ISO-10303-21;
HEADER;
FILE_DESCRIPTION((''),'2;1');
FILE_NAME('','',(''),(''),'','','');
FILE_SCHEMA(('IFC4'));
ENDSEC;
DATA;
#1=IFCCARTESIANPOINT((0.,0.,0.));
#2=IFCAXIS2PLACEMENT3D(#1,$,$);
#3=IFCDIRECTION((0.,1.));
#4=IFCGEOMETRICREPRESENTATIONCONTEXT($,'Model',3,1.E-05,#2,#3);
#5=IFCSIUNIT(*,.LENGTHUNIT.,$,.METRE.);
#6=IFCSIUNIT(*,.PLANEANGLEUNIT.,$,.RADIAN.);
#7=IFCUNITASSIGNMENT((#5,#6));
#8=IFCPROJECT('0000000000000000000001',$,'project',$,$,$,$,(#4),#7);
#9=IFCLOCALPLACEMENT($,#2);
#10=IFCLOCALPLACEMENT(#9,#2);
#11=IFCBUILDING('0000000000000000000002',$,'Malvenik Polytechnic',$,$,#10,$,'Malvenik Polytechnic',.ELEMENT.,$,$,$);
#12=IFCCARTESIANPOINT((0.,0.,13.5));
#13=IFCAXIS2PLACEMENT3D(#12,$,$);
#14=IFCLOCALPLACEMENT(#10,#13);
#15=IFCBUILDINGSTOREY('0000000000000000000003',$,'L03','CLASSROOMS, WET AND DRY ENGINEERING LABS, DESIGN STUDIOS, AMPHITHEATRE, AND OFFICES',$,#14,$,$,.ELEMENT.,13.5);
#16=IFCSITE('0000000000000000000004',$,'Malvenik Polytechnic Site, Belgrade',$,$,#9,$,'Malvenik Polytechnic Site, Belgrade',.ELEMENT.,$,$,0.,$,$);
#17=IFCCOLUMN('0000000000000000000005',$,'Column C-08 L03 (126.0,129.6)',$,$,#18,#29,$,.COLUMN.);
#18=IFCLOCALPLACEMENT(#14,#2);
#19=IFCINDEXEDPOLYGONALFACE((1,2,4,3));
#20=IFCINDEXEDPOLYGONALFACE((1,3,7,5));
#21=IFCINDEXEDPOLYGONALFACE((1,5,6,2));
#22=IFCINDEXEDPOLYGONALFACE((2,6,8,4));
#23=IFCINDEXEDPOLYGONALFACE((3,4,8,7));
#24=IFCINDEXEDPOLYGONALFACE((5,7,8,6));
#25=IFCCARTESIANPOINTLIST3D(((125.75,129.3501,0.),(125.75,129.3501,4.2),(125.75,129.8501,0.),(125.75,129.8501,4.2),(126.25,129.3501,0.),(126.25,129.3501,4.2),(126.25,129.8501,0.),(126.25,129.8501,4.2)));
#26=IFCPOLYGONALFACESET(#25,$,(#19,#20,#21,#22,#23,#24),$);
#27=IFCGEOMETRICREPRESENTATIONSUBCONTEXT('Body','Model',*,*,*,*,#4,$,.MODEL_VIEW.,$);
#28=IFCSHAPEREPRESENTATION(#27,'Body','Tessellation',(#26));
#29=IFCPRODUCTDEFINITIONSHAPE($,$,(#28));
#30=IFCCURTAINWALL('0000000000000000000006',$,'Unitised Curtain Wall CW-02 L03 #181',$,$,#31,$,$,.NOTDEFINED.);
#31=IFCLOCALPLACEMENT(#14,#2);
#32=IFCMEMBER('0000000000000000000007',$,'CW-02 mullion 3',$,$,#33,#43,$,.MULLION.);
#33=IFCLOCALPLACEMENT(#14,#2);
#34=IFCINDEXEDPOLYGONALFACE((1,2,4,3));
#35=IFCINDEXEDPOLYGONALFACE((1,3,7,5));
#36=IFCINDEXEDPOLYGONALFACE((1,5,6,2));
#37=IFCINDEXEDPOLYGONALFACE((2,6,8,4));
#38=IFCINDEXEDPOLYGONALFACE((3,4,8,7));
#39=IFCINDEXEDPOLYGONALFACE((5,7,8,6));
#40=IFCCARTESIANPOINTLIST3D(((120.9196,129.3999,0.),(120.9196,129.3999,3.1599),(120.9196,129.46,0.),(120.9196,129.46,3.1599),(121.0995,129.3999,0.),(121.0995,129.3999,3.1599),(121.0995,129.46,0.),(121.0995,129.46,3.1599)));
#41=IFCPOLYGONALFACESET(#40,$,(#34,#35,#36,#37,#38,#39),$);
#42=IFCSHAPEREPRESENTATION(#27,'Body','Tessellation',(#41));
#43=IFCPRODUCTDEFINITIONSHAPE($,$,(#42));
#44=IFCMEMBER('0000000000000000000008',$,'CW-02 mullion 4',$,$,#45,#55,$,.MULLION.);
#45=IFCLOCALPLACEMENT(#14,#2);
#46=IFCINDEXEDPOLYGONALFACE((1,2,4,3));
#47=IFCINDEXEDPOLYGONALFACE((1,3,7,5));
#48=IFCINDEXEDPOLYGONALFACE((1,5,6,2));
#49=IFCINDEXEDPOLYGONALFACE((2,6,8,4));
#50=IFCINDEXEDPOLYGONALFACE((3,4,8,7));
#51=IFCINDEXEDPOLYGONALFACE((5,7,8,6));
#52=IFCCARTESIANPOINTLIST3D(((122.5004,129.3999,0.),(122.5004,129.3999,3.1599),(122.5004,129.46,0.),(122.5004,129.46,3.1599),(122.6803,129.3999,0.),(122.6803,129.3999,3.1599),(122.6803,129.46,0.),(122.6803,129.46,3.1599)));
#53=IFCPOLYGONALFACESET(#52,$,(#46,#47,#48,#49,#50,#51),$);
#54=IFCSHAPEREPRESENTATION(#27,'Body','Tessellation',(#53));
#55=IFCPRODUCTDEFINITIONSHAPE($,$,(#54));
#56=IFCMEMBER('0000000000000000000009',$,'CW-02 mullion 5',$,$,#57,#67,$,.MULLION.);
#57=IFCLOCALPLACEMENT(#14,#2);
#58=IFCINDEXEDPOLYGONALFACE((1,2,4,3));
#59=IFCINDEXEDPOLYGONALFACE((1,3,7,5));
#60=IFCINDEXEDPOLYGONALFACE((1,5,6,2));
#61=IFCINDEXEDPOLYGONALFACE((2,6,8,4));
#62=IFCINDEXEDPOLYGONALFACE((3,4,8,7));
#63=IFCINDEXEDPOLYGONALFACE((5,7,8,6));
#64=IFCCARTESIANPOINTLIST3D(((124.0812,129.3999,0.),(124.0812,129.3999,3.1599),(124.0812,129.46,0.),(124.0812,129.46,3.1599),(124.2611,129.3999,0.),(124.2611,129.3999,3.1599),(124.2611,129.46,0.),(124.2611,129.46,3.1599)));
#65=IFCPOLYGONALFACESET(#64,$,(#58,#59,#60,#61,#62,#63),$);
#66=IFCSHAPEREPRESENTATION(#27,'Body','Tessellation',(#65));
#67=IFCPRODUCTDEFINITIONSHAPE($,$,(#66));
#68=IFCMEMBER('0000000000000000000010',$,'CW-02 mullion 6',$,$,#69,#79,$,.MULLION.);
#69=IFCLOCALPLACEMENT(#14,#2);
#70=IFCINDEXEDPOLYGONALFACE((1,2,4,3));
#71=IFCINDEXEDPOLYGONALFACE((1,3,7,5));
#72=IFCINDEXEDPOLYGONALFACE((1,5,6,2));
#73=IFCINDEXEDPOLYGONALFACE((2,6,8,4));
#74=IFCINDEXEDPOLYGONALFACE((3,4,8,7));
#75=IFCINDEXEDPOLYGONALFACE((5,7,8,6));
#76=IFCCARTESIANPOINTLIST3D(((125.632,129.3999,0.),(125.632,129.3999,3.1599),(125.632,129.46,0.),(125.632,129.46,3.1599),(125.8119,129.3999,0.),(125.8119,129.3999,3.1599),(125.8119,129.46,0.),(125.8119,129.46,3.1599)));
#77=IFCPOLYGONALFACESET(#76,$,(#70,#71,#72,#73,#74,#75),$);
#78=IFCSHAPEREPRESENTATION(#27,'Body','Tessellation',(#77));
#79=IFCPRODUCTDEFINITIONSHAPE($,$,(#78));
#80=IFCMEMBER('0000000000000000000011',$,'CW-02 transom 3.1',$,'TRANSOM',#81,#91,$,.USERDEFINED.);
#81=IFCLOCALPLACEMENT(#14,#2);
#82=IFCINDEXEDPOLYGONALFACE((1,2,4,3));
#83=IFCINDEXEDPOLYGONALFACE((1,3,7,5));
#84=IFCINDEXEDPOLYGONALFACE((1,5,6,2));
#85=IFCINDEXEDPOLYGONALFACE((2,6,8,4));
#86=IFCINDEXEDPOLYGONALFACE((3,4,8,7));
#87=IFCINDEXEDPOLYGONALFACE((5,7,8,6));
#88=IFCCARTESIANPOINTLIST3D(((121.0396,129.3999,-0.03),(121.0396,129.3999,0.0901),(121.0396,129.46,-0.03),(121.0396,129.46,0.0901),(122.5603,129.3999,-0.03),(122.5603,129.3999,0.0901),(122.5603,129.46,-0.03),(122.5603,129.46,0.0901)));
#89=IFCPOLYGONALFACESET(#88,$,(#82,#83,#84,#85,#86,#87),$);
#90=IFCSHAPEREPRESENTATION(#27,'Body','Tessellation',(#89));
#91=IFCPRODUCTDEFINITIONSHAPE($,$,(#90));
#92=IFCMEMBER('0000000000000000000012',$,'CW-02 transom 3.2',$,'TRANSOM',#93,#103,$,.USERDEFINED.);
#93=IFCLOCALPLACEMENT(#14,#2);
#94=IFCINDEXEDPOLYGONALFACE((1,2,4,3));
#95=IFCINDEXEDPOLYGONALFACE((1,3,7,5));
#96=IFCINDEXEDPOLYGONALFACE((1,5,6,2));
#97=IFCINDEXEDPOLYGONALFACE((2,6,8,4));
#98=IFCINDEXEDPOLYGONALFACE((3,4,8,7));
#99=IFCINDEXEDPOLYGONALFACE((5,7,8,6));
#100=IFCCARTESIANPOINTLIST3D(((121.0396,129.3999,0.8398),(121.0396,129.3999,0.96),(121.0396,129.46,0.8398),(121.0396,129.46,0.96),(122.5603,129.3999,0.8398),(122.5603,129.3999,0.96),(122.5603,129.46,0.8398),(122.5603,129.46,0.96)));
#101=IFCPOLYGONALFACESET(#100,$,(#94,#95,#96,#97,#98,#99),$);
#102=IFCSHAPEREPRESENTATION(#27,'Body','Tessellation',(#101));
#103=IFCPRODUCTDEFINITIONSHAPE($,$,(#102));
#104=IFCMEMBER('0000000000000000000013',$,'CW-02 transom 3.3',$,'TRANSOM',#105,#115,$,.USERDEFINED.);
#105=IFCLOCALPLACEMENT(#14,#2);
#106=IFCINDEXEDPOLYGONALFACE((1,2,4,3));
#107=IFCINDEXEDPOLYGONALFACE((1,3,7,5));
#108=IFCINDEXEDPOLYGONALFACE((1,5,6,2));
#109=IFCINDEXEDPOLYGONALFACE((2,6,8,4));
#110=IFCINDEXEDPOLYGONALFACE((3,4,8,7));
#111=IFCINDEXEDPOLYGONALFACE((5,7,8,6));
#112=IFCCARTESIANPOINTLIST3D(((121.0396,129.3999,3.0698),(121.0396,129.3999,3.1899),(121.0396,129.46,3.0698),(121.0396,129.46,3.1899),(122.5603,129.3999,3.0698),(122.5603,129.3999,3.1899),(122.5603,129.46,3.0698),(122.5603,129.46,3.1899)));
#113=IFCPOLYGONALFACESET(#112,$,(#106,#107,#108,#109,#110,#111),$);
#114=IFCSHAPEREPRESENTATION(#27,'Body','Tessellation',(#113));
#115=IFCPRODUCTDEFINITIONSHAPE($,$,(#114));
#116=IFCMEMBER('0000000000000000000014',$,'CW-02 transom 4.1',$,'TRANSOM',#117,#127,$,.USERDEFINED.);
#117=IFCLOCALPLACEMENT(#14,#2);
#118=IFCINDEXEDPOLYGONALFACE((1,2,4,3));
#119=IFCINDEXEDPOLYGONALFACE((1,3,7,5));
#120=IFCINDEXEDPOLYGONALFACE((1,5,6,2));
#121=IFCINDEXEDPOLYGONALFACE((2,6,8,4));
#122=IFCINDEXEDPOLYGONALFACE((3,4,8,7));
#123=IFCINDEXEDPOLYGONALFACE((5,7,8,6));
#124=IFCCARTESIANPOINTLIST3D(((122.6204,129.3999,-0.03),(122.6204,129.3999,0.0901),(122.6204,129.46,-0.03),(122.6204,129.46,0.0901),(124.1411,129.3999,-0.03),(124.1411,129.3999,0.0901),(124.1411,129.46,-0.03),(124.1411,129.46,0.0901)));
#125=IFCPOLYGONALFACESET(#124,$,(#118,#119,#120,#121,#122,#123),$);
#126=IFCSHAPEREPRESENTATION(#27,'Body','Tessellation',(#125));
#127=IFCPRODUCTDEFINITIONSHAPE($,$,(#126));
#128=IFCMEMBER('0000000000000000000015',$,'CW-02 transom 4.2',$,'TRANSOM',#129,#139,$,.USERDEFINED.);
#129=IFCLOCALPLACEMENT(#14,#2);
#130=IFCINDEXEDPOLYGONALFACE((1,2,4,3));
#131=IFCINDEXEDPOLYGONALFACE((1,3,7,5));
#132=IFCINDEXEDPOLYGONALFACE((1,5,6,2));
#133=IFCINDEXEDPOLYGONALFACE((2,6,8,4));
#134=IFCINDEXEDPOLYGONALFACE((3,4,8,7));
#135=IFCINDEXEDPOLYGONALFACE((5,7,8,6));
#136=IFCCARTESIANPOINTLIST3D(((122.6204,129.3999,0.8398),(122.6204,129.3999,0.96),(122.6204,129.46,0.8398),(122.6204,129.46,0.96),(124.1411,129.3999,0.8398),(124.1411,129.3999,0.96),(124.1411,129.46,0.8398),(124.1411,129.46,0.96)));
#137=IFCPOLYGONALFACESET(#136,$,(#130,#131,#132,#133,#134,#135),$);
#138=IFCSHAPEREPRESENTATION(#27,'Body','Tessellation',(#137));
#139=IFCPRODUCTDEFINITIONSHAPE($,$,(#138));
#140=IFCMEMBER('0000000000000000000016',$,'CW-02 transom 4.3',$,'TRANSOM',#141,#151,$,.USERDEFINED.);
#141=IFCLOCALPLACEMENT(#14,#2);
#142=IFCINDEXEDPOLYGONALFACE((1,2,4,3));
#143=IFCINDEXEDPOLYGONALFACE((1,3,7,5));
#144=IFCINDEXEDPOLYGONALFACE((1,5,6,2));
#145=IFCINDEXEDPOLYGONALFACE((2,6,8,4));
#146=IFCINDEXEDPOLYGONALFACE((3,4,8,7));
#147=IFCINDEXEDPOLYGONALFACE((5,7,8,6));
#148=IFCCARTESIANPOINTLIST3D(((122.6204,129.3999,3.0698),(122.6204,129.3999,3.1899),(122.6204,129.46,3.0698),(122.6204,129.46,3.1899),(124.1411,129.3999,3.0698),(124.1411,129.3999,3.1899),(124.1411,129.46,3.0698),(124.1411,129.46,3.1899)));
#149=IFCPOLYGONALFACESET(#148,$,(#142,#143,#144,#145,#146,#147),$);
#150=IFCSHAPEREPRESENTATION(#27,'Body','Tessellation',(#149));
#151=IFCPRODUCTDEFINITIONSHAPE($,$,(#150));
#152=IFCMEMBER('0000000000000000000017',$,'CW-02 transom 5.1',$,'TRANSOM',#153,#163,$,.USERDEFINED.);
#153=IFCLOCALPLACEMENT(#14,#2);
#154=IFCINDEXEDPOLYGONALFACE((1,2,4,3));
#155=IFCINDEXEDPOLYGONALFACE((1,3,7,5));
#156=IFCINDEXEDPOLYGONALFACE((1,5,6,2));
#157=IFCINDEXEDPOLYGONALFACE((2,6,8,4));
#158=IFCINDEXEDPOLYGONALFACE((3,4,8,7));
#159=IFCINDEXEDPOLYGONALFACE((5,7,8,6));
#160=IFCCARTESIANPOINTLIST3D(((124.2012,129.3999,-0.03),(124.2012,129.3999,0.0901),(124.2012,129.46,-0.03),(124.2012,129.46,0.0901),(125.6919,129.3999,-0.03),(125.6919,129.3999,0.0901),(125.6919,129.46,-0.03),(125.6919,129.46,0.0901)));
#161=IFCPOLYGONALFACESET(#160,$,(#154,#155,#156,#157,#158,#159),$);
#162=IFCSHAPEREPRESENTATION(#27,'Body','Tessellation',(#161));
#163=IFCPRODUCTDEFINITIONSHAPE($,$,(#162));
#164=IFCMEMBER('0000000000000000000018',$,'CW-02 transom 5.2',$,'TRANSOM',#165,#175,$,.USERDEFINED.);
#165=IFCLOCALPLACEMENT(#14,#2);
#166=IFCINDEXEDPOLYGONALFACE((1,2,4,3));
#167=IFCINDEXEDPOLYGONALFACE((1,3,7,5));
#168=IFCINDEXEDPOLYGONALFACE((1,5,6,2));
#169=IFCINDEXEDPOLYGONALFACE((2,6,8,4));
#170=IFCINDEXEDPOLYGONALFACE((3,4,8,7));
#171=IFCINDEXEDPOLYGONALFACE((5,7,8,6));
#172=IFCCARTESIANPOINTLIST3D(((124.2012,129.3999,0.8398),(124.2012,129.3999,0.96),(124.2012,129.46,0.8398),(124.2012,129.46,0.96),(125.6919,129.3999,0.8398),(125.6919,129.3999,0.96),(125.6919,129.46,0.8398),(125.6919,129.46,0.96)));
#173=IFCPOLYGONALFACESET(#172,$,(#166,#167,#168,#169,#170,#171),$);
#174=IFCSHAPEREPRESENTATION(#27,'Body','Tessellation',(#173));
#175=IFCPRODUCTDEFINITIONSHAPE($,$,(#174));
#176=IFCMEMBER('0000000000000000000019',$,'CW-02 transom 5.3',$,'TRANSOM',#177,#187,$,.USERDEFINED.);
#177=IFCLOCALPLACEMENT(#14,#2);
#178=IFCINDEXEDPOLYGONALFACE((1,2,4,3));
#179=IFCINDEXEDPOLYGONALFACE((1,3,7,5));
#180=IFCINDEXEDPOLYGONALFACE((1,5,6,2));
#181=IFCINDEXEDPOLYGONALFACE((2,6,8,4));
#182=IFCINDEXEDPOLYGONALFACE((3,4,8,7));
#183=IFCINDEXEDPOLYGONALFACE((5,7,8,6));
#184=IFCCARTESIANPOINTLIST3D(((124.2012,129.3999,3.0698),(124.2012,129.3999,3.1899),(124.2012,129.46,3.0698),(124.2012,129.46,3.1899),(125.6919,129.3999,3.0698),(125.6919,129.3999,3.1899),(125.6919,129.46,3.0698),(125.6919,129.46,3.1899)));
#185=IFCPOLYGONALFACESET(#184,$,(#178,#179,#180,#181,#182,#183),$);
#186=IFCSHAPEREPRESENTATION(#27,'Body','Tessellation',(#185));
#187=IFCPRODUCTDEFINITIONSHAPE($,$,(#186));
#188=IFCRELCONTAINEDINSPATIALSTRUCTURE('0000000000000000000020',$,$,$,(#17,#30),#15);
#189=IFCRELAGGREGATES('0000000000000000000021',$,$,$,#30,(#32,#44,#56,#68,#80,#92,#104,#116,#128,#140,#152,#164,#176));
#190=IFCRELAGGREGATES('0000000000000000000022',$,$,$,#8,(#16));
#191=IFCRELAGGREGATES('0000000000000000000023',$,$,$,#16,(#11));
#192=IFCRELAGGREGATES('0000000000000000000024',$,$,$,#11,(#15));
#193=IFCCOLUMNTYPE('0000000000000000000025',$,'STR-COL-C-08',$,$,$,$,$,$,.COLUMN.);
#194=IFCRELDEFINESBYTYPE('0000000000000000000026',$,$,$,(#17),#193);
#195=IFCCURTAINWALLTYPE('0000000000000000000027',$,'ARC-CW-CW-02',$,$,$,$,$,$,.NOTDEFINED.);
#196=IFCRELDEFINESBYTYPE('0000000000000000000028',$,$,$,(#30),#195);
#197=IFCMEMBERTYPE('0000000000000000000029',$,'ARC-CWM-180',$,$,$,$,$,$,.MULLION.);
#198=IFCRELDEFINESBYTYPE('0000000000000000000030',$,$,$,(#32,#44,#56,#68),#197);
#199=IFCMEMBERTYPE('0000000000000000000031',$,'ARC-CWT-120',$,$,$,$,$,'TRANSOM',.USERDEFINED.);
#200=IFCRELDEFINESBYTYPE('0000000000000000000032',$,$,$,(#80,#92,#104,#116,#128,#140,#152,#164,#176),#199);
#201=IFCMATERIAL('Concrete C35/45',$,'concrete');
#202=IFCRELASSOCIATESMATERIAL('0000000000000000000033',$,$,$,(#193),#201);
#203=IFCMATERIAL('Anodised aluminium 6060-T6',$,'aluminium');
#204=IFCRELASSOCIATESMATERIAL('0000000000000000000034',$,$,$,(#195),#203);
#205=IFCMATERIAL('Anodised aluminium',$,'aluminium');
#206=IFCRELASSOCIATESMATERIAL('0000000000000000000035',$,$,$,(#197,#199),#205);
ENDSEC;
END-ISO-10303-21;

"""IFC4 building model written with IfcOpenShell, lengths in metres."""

from ifc_helpers import new_model, si_unit, direction, frame, origin, origin_2d, place, context, subcontext, project, spatial, rectangle, extrude, material, material_profile, profile_set, type_object, element, aggregate, save


model = new_model("IFC4")

# Units and contexts
model_context = context("Model", 3, precision=1e-05, world=origin(), true_north=direction((0.0, 1.0)))
body_context = subcontext(model_context, "Body", "Model", "MODEL_VIEW")
ifc_project = project(units=[si_unit("LENGTHUNIT", "METRE"), si_unit("PLANEANGLEUNIT", "RADIAN")], contexts=[model_context])

# Site, building, storey
site_placement = place(None, origin())
site = spatial("IfcSite", under=ifc_project, at=site_placement, Name="Malvenik Polytechnic Site, Belgrade", LongName="Malvenik Polytechnic Site, Belgrade", CompositionType="ELEMENT", RefElevation=0.0)
building_placement = place(site_placement, origin())
building = spatial("IfcBuilding", under=site, at=building_placement, Name="Malvenik Polytechnic", LongName="Malvenik Polytechnic", CompositionType="ELEMENT")
storey_placement = place(building_placement, frame((0.0, 0.0, 13.5)))
storey = spatial("IfcBuildingStorey", under=building, at=storey_placement, Name="L03", Description="CLASSROOMS, WET AND DRY ENGINEERING LABS, DESIGN STUDIOS, AMPHITHEATRE, AND OFFICES", CompositionType="ELEMENT", Elevation=13.5)

# Column
ifc_material_1 = material(Name="Concrete C35/45", Category="concrete")
ifc_material_profile_1 = material_profile(ifc_material_1, rectangle(XDim=0.5, YDim=0.5, at=origin_2d()), Name="RC COL 500x500")
ifc_profile_set_1 = profile_set([ifc_material_profile_1], Name="Concrete C35/45")
column_type = type_object("IfcColumnType", Name="STR-COL-C-08", PredefinedType="COLUMN", material=ifc_profile_set_1)
column_placement = place(storey_placement, frame((126.0, 129.6001, 0.0), z_axis=(0.0, 0.0, 1.0), x_axis=(1.0, 0.0, 0.0)))
element("IfcColumn", 1, at=column_placement, inside=storey, type_object=column_type, Name="Column C-08 L03 (126.0,129.6)", PredefinedType="COLUMN", context=body_context, shape_type="SweptSolid", body=[
    extrude(rectangle(XDim=0.5, YDim=0.5, at=origin_2d()), origin(), (0.0, 0.0, 1.0), 4.2),
])

# Curtain wall, members
ifc_material_2 = material(Name="Anodised aluminium 6060-T6", Category="aluminium")
curtain_wall_type = type_object("IfcCurtainWallType", Name="ARC-CW-CW-02", PredefinedType="NOTDEFINED", material=ifc_material_2)
curtain_wall_placement = place(storey_placement, origin())
curtain_wall = element("IfcCurtainWall", 2, at=curtain_wall_placement, inside=storey, type_object=curtain_wall_type, Name="Unitised Curtain Wall CW-02 L03 #181", PredefinedType="NOTDEFINED")
ifc_material_3 = material(Name="Anodised aluminium", Category="aluminium")
ifc_material_profile_2 = material_profile(ifc_material_3, rectangle(XDim=0.0601, YDim=0.1799, at=origin_2d()), Name="ALU MULLION 60x180")
ifc_profile_set_2 = profile_set([ifc_material_profile_2], Name="Anodised aluminium")
member_type_1 = type_object("IfcMemberType", Name="ARC-CWM-180", PredefinedType="MULLION", material=ifc_profile_set_2)
member_1_placement = place(storey_placement, frame((121.0095, 129.4299, 0.0), z_axis=(0.0, 0.0, 1.0), x_axis=(0.0, 1.0, 0.0)))
member_1 = element("IfcMember", 3, at=member_1_placement, type_object=member_type_1, Name="CW-02 mullion 3", PredefinedType="MULLION", context=body_context, shape_type="SweptSolid", body=[
    extrude(rectangle(XDim=0.0601, YDim=0.1799, at=origin_2d()), origin(), (0.0, 0.0, 1.0), 3.1599),
])
member_2_placement = place(storey_placement, frame((122.5903, 129.4299, 0.0), z_axis=(0.0, 0.0, 1.0), x_axis=(0.0, 1.0, 0.0)))
member_2 = element("IfcMember", 4, at=member_2_placement, type_object=member_type_1, Name="CW-02 mullion 4", PredefinedType="MULLION", context=body_context, shape_type="SweptSolid", body=[
    extrude(rectangle(XDim=0.0601, YDim=0.1799, at=origin_2d()), origin(), (0.0, 0.0, 1.0), 3.1599),
])
member_3_placement = place(storey_placement, frame((124.1711, 129.4299, 0.0), z_axis=(0.0, 0.0, 1.0), x_axis=(0.0, 1.0, 0.0)))
member_3 = element("IfcMember", 5, at=member_3_placement, type_object=member_type_1, Name="CW-02 mullion 5", PredefinedType="MULLION", context=body_context, shape_type="SweptSolid", body=[
    extrude(rectangle(XDim=0.0601, YDim=0.1799, at=origin_2d()), origin(), (0.0, 0.0, 1.0), 3.1599),
])
member_4_placement = place(storey_placement, frame((125.7219, 129.4299, 0.0), z_axis=(0.0, 0.0, 1.0), x_axis=(0.0, 1.0, 0.0)))
member_4 = element("IfcMember", 6, at=member_4_placement, type_object=member_type_1, Name="CW-02 mullion 6", PredefinedType="MULLION", context=body_context, shape_type="SweptSolid", body=[
    extrude(rectangle(XDim=0.0601, YDim=0.1799, at=origin_2d()), origin(), (0.0, 0.0, 1.0), 3.1599),
])
ifc_material_profile_3 = material_profile(ifc_material_3, rectangle(XDim=0.0601, YDim=0.1201, at=origin_2d()), Name="ALU TRANSOM 60x120")
ifc_profile_set_3 = profile_set([ifc_material_profile_3], Name="Anodised aluminium")
member_type_2 = type_object("IfcMemberType", Name="ARC-CWT-120", ElementType="TRANSOM", PredefinedType="USERDEFINED", material=ifc_profile_set_3)
member_5_placement = place(storey_placement, frame((121.0396, 129.4299, 0.03), z_axis=(1.0, 0.0, 0.0), x_axis=(0.0, 1.0, 0.0)))
member_5 = element("IfcMember", 7, at=member_5_placement, type_object=member_type_2, Name="CW-02 transom 3.1", ObjectType="TRANSOM", PredefinedType="USERDEFINED", context=body_context, shape_type="SweptSolid", body=[
    extrude(rectangle(XDim=0.0601, YDim=0.1201, at=origin_2d()), origin(), (0.0, 0.0, 1.0), 1.5208),
])
member_6_placement = place(storey_placement, frame((121.0396, 129.4299, 0.8999), z_axis=(1.0, 0.0, 0.0), x_axis=(0.0, 1.0, 0.0)))
member_6 = element("IfcMember", 8, at=member_6_placement, type_object=member_type_2, Name="CW-02 transom 3.2", ObjectType="TRANSOM", PredefinedType="USERDEFINED", context=body_context, shape_type="SweptSolid", body=[
    extrude(rectangle(XDim=0.0601, YDim=0.1201, at=origin_2d()), origin(), (0.0, 0.0, 1.0), 1.5208),
])
member_7_placement = place(storey_placement, frame((121.0396, 129.4299, 3.1299), z_axis=(1.0, 0.0, 0.0), x_axis=(0.0, 1.0, 0.0)))
member_7 = element("IfcMember", 9, at=member_7_placement, type_object=member_type_2, Name="CW-02 transom 3.3", ObjectType="TRANSOM", PredefinedType="USERDEFINED", context=body_context, shape_type="SweptSolid", body=[
    extrude(rectangle(XDim=0.0601, YDim=0.1201, at=origin_2d()), origin(), (0.0, 0.0, 1.0), 1.5208),
])
member_8_placement = place(storey_placement, frame((122.6204, 129.4299, 0.03), z_axis=(1.0, 0.0, 0.0), x_axis=(0.0, 1.0, 0.0)))
member_8 = element("IfcMember", 10, at=member_8_placement, type_object=member_type_2, Name="CW-02 transom 4.1", ObjectType="TRANSOM", PredefinedType="USERDEFINED", context=body_context, shape_type="SweptSolid", body=[
    extrude(rectangle(XDim=0.0601, YDim=0.1201, at=origin_2d()), origin(), (0.0, 0.0, 1.0), 1.5208),
])
member_9_placement = place(storey_placement, frame((122.6204, 129.4299, 0.8999), z_axis=(1.0, 0.0, 0.0), x_axis=(0.0, 1.0, 0.0)))
member_9 = element("IfcMember", 11, at=member_9_placement, type_object=member_type_2, Name="CW-02 transom 4.2", ObjectType="TRANSOM", PredefinedType="USERDEFINED", context=body_context, shape_type="SweptSolid", body=[
    extrude(rectangle(XDim=0.0601, YDim=0.1201, at=origin_2d()), origin(), (0.0, 0.0, 1.0), 1.5208),
])
member_10_placement = place(storey_placement, frame((122.6204, 129.4299, 3.1299), z_axis=(1.0, 0.0, 0.0), x_axis=(0.0, 1.0, 0.0)))
member_10 = element("IfcMember", 12, at=member_10_placement, type_object=member_type_2, Name="CW-02 transom 4.3", ObjectType="TRANSOM", PredefinedType="USERDEFINED", context=body_context, shape_type="SweptSolid", body=[
    extrude(rectangle(XDim=0.0601, YDim=0.1201, at=origin_2d()), origin(), (0.0, 0.0, 1.0), 1.5208),
])
member_11_placement = place(storey_placement, frame((124.2012, 129.4299, 0.03), z_axis=(1.0, 0.0, 0.0), x_axis=(0.0, 1.0, 0.0)))
member_11 = element("IfcMember", 13, at=member_11_placement, type_object=member_type_2, Name="CW-02 transom 5.1", ObjectType="TRANSOM", PredefinedType="USERDEFINED", context=body_context, shape_type="SweptSolid", body=[
    extrude(rectangle(XDim=0.0601, YDim=0.1201, at=origin_2d()), origin(), (0.0, 0.0, 1.0), 1.4907),
])
member_12_placement = place(storey_placement, frame((124.2012, 129.4299, 0.8999), z_axis=(1.0, 0.0, 0.0), x_axis=(0.0, 1.0, 0.0)))
member_12 = element("IfcMember", 14, at=member_12_placement, type_object=member_type_2, Name="CW-02 transom 5.2", ObjectType="TRANSOM", PredefinedType="USERDEFINED", context=body_context, shape_type="SweptSolid", body=[
    extrude(rectangle(XDim=0.0601, YDim=0.1201, at=origin_2d()), origin(), (0.0, 0.0, 1.0), 1.4907),
])
member_13_placement = place(storey_placement, frame((124.2012, 129.4299, 3.1299), z_axis=(1.0, 0.0, 0.0), x_axis=(0.0, 1.0, 0.0)))
member_13 = element("IfcMember", 15, at=member_13_placement, type_object=member_type_2, Name="CW-02 transom 5.3", ObjectType="TRANSOM", PredefinedType="USERDEFINED", context=body_context, shape_type="SweptSolid", body=[
    extrude(rectangle(XDim=0.0601, YDim=0.1201, at=origin_2d()), origin(), (0.0, 0.0, 1.0), 1.4907),
])

aggregate(curtain_wall, [member_1, member_2, member_3, member_4, member_5, member_6, member_7, member_8, member_9, member_10, member_11, member_12, member_13])

save(model, "model.ifc")
